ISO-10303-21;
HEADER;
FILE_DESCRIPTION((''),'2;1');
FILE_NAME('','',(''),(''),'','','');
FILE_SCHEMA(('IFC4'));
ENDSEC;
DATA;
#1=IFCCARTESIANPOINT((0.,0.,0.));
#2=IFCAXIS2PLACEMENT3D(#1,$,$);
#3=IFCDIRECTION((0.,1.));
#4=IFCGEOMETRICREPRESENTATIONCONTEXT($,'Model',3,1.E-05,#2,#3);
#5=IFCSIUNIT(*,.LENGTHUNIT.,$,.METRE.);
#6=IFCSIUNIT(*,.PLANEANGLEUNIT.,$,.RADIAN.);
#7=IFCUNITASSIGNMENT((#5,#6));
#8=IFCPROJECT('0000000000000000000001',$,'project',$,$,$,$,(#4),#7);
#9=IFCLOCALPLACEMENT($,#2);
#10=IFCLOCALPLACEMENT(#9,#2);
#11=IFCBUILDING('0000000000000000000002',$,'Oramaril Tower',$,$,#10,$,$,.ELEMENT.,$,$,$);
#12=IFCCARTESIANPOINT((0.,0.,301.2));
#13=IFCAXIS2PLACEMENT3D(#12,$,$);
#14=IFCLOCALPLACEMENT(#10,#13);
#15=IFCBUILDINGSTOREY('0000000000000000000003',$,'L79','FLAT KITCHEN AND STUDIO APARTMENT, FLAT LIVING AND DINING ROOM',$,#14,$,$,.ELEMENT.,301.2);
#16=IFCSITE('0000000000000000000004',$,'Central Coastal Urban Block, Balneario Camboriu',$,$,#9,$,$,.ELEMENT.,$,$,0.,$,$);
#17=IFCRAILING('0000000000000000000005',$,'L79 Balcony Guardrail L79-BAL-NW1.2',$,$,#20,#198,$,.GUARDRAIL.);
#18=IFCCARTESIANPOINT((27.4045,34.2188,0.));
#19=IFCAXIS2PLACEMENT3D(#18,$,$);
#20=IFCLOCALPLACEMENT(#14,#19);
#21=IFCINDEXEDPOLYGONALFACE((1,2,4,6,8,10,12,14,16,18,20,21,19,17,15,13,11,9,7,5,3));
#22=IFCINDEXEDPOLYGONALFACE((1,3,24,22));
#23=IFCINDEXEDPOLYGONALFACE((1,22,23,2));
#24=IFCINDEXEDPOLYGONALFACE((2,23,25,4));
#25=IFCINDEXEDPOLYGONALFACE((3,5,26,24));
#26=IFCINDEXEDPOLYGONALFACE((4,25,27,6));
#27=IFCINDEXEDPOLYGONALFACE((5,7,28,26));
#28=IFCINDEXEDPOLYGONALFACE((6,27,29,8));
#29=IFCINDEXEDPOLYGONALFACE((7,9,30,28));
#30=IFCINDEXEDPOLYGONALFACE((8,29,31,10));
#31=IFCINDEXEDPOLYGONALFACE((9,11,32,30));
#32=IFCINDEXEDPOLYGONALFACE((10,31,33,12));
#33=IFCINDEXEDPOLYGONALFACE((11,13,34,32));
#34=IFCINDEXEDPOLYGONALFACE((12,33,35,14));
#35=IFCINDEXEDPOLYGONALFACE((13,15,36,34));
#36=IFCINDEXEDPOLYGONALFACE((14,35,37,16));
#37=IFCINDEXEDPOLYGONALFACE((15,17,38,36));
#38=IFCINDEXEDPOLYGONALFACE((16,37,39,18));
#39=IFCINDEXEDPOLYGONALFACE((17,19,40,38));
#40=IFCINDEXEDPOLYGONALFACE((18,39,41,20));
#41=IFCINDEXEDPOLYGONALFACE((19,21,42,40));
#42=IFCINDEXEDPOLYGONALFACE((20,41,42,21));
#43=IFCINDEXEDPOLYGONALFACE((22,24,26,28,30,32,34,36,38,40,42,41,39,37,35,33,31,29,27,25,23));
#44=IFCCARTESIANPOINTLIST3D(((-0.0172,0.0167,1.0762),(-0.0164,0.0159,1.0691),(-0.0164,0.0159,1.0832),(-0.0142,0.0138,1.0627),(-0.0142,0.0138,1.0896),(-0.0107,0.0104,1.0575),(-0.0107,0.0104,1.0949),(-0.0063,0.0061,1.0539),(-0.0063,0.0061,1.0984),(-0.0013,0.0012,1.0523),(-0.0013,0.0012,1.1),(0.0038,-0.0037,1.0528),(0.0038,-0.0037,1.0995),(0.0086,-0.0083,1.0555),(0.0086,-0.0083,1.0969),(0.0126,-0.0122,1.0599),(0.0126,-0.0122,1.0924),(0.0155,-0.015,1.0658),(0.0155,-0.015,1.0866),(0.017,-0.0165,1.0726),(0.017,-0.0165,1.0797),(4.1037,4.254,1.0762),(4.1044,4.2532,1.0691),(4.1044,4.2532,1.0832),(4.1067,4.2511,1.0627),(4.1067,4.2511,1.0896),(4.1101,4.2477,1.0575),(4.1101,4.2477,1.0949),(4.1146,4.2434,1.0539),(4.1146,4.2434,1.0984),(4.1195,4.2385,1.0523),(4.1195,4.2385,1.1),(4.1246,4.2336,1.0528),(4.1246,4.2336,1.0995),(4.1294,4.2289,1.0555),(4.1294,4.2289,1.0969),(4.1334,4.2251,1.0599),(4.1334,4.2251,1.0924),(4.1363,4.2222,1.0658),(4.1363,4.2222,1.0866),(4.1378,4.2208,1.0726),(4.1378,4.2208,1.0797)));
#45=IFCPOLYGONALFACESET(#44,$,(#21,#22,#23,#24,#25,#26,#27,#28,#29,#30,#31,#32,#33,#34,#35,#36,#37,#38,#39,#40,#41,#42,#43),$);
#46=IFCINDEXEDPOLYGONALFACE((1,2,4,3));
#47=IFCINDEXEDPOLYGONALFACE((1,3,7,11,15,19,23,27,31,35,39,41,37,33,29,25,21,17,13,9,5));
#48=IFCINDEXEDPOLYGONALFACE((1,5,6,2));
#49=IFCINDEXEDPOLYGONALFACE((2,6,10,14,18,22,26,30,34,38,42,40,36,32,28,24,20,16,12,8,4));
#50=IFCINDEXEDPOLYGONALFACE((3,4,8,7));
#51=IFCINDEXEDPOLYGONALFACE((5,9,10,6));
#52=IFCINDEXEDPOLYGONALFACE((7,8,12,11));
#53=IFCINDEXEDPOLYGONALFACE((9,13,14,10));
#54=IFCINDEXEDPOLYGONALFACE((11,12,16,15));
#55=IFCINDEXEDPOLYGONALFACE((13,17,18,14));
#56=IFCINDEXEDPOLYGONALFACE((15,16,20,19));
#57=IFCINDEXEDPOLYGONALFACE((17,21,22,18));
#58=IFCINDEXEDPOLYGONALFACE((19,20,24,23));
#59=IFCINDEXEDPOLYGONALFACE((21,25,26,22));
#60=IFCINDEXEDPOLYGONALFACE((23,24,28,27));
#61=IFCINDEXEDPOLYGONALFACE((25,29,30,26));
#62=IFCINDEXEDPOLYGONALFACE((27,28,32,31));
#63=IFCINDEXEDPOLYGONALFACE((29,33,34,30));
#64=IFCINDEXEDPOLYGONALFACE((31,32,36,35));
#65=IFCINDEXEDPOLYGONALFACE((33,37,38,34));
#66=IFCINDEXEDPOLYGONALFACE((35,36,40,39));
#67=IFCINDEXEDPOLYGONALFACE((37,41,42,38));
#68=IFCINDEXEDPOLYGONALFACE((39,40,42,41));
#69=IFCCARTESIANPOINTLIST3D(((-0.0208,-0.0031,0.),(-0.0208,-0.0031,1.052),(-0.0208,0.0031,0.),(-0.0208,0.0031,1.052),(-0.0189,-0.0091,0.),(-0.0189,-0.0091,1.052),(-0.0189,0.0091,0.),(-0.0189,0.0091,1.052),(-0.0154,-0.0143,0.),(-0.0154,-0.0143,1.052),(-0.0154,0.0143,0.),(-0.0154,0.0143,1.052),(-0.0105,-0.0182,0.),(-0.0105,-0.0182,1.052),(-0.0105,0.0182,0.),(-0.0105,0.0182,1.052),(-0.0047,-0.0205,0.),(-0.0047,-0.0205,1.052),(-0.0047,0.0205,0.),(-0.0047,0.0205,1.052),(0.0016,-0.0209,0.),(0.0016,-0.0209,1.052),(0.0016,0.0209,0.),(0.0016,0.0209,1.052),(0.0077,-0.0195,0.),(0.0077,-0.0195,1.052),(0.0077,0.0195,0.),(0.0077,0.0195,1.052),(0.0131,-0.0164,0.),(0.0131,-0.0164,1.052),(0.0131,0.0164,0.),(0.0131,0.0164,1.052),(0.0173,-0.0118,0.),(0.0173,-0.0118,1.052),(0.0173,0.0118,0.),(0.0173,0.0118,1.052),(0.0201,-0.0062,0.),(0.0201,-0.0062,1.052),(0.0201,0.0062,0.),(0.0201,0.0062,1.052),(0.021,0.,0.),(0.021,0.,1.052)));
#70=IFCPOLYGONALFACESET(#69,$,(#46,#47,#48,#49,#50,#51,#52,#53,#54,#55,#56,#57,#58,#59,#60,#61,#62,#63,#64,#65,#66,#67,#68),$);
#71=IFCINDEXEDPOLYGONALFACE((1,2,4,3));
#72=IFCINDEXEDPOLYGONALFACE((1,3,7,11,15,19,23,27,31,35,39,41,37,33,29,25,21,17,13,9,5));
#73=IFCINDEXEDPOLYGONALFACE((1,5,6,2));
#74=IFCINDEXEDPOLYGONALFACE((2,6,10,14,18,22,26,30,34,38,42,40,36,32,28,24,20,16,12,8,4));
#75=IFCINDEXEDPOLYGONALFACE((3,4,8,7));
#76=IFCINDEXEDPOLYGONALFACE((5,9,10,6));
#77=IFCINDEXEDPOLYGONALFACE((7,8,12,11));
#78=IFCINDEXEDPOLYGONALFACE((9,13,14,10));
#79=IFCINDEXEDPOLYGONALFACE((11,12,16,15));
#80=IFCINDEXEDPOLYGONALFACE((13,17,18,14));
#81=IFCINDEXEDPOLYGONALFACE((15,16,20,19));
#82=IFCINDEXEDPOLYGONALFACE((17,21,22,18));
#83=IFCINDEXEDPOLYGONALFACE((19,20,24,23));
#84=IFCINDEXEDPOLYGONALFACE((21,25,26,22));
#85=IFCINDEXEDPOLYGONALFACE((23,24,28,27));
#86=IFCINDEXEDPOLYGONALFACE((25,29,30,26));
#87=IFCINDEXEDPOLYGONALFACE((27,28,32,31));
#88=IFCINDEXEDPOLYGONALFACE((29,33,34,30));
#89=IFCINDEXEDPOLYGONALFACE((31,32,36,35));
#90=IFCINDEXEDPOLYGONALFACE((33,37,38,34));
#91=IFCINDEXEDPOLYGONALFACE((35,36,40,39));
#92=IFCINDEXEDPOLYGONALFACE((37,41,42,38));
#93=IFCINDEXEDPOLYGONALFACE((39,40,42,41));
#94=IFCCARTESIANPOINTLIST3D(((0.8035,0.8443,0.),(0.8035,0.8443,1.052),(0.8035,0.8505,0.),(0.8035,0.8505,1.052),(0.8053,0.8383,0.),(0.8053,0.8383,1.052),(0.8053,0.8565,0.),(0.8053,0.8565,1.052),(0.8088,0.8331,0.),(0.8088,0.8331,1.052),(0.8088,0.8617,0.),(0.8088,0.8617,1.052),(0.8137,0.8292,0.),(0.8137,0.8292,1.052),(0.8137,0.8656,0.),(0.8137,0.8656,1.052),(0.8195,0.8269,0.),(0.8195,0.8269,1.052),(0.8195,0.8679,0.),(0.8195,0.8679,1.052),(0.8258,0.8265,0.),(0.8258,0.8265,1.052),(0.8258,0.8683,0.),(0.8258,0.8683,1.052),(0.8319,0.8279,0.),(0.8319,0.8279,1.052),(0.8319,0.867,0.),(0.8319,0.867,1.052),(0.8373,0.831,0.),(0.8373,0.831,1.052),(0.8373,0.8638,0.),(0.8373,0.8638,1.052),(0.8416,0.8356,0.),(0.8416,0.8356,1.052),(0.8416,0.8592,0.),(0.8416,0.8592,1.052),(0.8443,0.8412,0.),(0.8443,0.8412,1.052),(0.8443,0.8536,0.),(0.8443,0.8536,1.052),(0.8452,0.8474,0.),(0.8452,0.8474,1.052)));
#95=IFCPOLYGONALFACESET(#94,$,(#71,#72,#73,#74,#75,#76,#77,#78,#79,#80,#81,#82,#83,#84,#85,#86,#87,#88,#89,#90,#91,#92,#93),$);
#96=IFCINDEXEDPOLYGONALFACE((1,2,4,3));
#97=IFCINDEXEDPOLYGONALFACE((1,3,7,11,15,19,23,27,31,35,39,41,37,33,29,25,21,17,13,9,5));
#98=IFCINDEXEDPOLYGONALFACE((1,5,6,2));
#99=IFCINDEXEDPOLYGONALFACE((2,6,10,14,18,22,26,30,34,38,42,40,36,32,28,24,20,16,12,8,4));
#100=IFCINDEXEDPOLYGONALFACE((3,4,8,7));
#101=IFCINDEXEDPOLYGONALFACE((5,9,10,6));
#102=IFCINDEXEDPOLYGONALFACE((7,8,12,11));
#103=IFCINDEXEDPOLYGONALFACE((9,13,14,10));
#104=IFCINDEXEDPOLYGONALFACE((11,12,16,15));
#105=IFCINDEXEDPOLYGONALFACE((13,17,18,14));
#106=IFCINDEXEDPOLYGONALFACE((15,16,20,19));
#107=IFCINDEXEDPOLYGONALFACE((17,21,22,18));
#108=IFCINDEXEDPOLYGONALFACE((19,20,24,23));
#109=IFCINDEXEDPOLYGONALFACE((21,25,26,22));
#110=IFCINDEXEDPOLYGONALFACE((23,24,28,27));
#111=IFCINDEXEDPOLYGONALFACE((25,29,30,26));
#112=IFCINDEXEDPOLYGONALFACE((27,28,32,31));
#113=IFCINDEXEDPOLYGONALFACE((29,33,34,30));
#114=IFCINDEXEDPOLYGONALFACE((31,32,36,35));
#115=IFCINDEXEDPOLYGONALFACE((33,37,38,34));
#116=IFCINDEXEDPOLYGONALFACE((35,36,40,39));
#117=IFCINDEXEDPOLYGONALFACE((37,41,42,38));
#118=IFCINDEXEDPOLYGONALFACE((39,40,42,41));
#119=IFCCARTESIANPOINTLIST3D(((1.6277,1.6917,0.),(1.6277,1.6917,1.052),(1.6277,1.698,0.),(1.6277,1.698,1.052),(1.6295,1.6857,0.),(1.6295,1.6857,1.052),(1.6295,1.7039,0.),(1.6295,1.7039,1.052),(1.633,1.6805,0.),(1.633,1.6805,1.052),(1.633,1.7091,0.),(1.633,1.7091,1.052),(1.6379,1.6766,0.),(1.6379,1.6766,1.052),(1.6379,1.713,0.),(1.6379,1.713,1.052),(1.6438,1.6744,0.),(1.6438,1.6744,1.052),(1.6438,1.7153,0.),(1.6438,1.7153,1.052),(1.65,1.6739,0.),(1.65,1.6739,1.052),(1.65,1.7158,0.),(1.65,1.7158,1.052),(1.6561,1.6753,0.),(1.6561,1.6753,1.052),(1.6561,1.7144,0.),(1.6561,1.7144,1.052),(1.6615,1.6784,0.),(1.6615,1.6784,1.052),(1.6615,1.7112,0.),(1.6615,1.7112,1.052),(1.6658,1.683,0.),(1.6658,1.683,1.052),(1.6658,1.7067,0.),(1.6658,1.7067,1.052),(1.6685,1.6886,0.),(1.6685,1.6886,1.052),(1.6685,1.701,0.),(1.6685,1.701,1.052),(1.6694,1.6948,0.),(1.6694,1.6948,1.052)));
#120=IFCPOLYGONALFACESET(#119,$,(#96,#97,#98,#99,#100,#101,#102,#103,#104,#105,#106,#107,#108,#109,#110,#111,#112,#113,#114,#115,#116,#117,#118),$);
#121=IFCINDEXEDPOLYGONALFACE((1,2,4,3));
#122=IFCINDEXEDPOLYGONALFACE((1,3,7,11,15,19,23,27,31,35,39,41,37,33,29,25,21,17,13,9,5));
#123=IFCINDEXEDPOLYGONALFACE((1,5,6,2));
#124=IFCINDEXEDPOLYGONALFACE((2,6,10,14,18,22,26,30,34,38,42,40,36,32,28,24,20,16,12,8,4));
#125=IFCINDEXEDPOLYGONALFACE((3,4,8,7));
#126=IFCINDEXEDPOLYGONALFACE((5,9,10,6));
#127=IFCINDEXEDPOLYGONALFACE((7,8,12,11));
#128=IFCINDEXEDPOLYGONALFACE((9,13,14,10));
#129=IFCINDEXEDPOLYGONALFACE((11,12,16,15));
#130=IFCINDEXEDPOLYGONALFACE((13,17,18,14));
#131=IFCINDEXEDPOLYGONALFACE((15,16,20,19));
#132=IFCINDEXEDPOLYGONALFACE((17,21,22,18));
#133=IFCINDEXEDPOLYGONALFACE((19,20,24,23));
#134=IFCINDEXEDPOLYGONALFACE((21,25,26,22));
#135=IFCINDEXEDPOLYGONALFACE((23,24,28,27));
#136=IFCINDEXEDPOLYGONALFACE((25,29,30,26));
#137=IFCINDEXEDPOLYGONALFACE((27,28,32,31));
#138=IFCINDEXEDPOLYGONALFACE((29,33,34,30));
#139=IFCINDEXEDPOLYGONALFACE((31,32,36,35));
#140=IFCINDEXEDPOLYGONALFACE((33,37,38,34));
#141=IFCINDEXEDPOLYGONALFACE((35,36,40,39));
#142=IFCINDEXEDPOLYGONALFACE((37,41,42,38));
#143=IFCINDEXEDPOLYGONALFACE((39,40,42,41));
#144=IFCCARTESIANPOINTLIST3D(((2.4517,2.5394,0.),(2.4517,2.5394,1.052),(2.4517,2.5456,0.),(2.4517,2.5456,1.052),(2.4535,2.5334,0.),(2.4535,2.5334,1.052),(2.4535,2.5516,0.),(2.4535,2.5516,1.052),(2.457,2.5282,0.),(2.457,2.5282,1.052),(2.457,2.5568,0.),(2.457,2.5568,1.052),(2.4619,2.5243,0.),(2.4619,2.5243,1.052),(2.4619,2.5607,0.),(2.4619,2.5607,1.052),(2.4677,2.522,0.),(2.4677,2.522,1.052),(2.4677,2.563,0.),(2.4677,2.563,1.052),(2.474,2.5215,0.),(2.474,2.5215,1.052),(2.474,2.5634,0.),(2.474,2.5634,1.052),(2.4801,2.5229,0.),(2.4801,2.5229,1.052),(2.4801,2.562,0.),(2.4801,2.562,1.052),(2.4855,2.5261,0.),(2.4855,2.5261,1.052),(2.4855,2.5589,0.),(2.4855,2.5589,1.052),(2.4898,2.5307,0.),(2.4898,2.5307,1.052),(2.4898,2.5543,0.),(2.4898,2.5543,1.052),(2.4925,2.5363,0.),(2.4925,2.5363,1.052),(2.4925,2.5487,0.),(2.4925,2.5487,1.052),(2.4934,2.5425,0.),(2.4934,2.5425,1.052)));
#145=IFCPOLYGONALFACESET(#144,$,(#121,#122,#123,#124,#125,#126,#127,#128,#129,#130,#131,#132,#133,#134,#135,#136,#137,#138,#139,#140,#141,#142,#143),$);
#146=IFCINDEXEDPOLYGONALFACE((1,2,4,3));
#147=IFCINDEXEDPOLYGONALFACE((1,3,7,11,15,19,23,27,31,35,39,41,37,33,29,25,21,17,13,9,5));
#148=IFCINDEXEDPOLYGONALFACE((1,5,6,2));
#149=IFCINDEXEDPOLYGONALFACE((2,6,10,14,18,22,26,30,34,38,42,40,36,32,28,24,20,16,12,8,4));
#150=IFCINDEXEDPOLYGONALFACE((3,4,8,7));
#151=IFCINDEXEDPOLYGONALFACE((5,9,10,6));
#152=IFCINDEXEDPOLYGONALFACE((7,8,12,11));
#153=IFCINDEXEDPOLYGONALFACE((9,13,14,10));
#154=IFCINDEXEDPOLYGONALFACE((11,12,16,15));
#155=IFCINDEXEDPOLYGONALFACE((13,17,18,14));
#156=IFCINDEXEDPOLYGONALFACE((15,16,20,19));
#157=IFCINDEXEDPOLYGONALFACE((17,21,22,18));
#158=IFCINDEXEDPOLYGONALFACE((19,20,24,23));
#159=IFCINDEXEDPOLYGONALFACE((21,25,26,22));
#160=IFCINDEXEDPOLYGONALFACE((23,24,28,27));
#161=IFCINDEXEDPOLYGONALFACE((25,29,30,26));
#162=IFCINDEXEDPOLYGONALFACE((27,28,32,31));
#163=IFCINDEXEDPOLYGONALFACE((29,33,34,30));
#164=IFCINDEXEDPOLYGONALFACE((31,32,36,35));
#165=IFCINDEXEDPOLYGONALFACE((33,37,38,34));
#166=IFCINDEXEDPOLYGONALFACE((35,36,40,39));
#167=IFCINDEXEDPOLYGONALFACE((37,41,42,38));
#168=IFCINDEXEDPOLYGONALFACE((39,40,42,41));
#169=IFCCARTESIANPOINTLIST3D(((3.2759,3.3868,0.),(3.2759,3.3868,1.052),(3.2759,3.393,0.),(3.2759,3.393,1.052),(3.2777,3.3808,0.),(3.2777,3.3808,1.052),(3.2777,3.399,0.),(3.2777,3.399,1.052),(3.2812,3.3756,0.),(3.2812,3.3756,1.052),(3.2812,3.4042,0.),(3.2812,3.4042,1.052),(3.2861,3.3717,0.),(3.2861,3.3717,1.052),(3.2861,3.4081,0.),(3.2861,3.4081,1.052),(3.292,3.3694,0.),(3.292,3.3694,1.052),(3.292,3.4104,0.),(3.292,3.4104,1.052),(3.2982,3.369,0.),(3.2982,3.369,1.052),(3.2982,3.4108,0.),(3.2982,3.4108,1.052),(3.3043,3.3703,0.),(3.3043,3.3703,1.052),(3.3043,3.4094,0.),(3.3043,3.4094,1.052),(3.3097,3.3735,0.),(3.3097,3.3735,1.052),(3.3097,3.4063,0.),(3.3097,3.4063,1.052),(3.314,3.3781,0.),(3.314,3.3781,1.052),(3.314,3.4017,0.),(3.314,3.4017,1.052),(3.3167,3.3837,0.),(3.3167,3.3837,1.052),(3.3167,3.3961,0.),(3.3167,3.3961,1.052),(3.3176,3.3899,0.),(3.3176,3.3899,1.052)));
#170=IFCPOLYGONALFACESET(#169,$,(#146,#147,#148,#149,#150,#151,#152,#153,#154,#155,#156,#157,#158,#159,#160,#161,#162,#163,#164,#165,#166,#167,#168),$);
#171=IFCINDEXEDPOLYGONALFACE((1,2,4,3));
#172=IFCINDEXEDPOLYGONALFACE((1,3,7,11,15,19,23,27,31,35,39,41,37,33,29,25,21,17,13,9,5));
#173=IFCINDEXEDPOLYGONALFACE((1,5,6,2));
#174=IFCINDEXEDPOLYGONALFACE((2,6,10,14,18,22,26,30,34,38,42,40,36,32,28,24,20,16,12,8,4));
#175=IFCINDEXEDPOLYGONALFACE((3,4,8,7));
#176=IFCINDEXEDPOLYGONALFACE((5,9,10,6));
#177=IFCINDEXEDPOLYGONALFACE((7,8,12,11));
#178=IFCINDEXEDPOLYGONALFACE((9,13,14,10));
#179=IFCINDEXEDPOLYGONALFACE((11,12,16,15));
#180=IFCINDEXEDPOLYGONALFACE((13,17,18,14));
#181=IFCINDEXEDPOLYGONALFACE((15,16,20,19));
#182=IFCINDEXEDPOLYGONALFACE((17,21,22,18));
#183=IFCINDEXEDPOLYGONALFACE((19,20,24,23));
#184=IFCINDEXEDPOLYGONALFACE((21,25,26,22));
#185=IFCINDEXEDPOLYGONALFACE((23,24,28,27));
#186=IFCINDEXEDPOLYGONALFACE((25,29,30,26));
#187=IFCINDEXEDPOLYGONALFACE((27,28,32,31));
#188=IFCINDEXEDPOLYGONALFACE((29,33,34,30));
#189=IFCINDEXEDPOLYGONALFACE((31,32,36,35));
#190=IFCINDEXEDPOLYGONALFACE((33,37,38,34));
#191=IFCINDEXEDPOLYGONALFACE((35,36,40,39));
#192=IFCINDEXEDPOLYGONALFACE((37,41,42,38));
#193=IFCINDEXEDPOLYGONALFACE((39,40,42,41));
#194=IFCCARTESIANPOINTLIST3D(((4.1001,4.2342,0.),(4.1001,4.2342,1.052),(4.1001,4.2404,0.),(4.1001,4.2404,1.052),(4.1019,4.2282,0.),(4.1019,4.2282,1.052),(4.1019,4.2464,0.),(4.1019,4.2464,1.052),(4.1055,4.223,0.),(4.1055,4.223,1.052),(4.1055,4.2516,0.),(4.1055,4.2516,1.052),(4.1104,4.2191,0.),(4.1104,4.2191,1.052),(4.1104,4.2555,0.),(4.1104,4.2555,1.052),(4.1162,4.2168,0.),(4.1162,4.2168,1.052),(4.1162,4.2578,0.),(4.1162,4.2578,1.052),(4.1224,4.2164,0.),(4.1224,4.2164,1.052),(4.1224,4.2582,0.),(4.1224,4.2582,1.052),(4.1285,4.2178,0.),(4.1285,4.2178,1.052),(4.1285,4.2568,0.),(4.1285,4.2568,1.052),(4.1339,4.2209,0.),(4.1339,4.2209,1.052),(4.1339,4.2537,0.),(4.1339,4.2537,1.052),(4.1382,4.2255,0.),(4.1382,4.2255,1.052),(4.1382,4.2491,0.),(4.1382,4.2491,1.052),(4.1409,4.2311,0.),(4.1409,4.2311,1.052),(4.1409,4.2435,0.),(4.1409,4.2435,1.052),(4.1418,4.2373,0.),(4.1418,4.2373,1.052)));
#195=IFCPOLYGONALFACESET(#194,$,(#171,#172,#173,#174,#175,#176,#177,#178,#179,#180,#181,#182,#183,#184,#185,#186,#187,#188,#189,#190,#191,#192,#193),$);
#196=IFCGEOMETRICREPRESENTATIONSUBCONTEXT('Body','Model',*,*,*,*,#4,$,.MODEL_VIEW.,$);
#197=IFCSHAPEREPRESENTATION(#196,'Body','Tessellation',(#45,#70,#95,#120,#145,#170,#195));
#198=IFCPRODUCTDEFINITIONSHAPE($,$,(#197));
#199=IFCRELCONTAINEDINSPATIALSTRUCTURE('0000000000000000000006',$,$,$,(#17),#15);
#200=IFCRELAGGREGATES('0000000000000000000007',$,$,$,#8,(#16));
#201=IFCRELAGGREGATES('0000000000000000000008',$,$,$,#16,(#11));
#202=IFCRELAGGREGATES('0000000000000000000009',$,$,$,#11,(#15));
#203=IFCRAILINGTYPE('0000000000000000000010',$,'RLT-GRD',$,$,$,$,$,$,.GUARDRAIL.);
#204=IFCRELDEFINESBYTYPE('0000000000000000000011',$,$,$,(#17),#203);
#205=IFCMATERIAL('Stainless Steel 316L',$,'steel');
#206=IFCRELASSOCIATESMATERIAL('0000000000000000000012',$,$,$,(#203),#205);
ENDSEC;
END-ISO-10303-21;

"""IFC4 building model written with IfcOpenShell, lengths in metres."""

from ifc_helpers import new_model, si_unit, direction, frame, origin, origin_2d, place, context, subcontext, project, spatial, circle, extrude, material, type_object, element, save


model = new_model("IFC4")

# Units and contexts
model_context = context("Model", 3, precision=1e-05, world=origin(), true_north=direction((0.0, 1.0)))
body_context = subcontext(model_context, "Body", "Model", "MODEL_VIEW")
ifc_project = project(units=[si_unit("LENGTHUNIT", "METRE"), si_unit("PLANEANGLEUNIT", "RADIAN")], contexts=[model_context])

# Site, building, storey
site_placement = place(None, origin())
site = spatial("IfcSite", under=ifc_project, at=site_placement, Name="Central Coastal Urban Block, Balneario Camboriu", CompositionType="ELEMENT", RefElevation=0.0)
building_placement = place(site_placement, origin())
building = spatial("IfcBuilding", under=site, at=building_placement, Name="Oramaril Tower", CompositionType="ELEMENT")
storey_placement = place(building_placement, frame((0.0, 0.0, 301.2)))
storey = spatial("IfcBuildingStorey", under=building, at=storey_placement, Name="L79", Description="FLAT KITCHEN AND STUDIO APARTMENT, FLAT LIVING AND DINING ROOM", CompositionType="ELEMENT", Elevation=301.2)

# Railing
ifc_material_1 = material(Name="Stainless Steel 316L", Category="steel")
railing_type = type_object("IfcRailingType", Name="RLT-GRD", PredefinedType="GUARDRAIL", material=ifc_material_1)
railing_1_placement = place(storey_placement, frame((27.4045, 34.2188, 0.0)))
element("IfcRailing", 1, at=railing_1_placement, inside=storey, type_object=railing_type, Name="L79 Balcony Guardrail L79-BAL-NW1.2", PredefinedType="GUARDRAIL", context=body_context, shape_type="SweptSolid", body=[
    extrude(circle(Radius=0.0239, at=origin_2d()), frame((0.0, 0.0, 1.0762), z_axis=(0.697187, 0.716889, 0.0), x_axis=(-0.716889, 0.697187, 0.0)), (0.0, 0.0, 1.0), 5.9106),
    extrude(circle(Radius=0.021, at=origin_2d()), origin(), (0.0, 0.0, 1.0), 1.052),
    extrude(circle(Radius=0.021, at=origin_2d()), frame((0.8242, 0.8474, 0.0)), (0.0, 0.0, 1.0), 1.052),
    extrude(circle(Radius=0.021, at=origin_2d()), frame((1.6484, 1.6948, 0.0)), (0.0, 0.0, 1.0), 1.052),
    extrude(circle(Radius=0.021, at=origin_2d()), frame((2.4724, 2.5425, 0.0)), (0.0, 0.0, 1.0), 1.052),
    extrude(circle(Radius=0.021, at=origin_2d()), frame((3.2966, 3.3899, 0.0)), (0.0, 0.0, 1.0), 1.052),
    extrude(circle(Radius=0.021, at=origin_2d()), frame((4.1208, 4.2373, 0.0)), (0.0, 0.0, 1.0), 1.052),
])

save(model, "model.ifc")
